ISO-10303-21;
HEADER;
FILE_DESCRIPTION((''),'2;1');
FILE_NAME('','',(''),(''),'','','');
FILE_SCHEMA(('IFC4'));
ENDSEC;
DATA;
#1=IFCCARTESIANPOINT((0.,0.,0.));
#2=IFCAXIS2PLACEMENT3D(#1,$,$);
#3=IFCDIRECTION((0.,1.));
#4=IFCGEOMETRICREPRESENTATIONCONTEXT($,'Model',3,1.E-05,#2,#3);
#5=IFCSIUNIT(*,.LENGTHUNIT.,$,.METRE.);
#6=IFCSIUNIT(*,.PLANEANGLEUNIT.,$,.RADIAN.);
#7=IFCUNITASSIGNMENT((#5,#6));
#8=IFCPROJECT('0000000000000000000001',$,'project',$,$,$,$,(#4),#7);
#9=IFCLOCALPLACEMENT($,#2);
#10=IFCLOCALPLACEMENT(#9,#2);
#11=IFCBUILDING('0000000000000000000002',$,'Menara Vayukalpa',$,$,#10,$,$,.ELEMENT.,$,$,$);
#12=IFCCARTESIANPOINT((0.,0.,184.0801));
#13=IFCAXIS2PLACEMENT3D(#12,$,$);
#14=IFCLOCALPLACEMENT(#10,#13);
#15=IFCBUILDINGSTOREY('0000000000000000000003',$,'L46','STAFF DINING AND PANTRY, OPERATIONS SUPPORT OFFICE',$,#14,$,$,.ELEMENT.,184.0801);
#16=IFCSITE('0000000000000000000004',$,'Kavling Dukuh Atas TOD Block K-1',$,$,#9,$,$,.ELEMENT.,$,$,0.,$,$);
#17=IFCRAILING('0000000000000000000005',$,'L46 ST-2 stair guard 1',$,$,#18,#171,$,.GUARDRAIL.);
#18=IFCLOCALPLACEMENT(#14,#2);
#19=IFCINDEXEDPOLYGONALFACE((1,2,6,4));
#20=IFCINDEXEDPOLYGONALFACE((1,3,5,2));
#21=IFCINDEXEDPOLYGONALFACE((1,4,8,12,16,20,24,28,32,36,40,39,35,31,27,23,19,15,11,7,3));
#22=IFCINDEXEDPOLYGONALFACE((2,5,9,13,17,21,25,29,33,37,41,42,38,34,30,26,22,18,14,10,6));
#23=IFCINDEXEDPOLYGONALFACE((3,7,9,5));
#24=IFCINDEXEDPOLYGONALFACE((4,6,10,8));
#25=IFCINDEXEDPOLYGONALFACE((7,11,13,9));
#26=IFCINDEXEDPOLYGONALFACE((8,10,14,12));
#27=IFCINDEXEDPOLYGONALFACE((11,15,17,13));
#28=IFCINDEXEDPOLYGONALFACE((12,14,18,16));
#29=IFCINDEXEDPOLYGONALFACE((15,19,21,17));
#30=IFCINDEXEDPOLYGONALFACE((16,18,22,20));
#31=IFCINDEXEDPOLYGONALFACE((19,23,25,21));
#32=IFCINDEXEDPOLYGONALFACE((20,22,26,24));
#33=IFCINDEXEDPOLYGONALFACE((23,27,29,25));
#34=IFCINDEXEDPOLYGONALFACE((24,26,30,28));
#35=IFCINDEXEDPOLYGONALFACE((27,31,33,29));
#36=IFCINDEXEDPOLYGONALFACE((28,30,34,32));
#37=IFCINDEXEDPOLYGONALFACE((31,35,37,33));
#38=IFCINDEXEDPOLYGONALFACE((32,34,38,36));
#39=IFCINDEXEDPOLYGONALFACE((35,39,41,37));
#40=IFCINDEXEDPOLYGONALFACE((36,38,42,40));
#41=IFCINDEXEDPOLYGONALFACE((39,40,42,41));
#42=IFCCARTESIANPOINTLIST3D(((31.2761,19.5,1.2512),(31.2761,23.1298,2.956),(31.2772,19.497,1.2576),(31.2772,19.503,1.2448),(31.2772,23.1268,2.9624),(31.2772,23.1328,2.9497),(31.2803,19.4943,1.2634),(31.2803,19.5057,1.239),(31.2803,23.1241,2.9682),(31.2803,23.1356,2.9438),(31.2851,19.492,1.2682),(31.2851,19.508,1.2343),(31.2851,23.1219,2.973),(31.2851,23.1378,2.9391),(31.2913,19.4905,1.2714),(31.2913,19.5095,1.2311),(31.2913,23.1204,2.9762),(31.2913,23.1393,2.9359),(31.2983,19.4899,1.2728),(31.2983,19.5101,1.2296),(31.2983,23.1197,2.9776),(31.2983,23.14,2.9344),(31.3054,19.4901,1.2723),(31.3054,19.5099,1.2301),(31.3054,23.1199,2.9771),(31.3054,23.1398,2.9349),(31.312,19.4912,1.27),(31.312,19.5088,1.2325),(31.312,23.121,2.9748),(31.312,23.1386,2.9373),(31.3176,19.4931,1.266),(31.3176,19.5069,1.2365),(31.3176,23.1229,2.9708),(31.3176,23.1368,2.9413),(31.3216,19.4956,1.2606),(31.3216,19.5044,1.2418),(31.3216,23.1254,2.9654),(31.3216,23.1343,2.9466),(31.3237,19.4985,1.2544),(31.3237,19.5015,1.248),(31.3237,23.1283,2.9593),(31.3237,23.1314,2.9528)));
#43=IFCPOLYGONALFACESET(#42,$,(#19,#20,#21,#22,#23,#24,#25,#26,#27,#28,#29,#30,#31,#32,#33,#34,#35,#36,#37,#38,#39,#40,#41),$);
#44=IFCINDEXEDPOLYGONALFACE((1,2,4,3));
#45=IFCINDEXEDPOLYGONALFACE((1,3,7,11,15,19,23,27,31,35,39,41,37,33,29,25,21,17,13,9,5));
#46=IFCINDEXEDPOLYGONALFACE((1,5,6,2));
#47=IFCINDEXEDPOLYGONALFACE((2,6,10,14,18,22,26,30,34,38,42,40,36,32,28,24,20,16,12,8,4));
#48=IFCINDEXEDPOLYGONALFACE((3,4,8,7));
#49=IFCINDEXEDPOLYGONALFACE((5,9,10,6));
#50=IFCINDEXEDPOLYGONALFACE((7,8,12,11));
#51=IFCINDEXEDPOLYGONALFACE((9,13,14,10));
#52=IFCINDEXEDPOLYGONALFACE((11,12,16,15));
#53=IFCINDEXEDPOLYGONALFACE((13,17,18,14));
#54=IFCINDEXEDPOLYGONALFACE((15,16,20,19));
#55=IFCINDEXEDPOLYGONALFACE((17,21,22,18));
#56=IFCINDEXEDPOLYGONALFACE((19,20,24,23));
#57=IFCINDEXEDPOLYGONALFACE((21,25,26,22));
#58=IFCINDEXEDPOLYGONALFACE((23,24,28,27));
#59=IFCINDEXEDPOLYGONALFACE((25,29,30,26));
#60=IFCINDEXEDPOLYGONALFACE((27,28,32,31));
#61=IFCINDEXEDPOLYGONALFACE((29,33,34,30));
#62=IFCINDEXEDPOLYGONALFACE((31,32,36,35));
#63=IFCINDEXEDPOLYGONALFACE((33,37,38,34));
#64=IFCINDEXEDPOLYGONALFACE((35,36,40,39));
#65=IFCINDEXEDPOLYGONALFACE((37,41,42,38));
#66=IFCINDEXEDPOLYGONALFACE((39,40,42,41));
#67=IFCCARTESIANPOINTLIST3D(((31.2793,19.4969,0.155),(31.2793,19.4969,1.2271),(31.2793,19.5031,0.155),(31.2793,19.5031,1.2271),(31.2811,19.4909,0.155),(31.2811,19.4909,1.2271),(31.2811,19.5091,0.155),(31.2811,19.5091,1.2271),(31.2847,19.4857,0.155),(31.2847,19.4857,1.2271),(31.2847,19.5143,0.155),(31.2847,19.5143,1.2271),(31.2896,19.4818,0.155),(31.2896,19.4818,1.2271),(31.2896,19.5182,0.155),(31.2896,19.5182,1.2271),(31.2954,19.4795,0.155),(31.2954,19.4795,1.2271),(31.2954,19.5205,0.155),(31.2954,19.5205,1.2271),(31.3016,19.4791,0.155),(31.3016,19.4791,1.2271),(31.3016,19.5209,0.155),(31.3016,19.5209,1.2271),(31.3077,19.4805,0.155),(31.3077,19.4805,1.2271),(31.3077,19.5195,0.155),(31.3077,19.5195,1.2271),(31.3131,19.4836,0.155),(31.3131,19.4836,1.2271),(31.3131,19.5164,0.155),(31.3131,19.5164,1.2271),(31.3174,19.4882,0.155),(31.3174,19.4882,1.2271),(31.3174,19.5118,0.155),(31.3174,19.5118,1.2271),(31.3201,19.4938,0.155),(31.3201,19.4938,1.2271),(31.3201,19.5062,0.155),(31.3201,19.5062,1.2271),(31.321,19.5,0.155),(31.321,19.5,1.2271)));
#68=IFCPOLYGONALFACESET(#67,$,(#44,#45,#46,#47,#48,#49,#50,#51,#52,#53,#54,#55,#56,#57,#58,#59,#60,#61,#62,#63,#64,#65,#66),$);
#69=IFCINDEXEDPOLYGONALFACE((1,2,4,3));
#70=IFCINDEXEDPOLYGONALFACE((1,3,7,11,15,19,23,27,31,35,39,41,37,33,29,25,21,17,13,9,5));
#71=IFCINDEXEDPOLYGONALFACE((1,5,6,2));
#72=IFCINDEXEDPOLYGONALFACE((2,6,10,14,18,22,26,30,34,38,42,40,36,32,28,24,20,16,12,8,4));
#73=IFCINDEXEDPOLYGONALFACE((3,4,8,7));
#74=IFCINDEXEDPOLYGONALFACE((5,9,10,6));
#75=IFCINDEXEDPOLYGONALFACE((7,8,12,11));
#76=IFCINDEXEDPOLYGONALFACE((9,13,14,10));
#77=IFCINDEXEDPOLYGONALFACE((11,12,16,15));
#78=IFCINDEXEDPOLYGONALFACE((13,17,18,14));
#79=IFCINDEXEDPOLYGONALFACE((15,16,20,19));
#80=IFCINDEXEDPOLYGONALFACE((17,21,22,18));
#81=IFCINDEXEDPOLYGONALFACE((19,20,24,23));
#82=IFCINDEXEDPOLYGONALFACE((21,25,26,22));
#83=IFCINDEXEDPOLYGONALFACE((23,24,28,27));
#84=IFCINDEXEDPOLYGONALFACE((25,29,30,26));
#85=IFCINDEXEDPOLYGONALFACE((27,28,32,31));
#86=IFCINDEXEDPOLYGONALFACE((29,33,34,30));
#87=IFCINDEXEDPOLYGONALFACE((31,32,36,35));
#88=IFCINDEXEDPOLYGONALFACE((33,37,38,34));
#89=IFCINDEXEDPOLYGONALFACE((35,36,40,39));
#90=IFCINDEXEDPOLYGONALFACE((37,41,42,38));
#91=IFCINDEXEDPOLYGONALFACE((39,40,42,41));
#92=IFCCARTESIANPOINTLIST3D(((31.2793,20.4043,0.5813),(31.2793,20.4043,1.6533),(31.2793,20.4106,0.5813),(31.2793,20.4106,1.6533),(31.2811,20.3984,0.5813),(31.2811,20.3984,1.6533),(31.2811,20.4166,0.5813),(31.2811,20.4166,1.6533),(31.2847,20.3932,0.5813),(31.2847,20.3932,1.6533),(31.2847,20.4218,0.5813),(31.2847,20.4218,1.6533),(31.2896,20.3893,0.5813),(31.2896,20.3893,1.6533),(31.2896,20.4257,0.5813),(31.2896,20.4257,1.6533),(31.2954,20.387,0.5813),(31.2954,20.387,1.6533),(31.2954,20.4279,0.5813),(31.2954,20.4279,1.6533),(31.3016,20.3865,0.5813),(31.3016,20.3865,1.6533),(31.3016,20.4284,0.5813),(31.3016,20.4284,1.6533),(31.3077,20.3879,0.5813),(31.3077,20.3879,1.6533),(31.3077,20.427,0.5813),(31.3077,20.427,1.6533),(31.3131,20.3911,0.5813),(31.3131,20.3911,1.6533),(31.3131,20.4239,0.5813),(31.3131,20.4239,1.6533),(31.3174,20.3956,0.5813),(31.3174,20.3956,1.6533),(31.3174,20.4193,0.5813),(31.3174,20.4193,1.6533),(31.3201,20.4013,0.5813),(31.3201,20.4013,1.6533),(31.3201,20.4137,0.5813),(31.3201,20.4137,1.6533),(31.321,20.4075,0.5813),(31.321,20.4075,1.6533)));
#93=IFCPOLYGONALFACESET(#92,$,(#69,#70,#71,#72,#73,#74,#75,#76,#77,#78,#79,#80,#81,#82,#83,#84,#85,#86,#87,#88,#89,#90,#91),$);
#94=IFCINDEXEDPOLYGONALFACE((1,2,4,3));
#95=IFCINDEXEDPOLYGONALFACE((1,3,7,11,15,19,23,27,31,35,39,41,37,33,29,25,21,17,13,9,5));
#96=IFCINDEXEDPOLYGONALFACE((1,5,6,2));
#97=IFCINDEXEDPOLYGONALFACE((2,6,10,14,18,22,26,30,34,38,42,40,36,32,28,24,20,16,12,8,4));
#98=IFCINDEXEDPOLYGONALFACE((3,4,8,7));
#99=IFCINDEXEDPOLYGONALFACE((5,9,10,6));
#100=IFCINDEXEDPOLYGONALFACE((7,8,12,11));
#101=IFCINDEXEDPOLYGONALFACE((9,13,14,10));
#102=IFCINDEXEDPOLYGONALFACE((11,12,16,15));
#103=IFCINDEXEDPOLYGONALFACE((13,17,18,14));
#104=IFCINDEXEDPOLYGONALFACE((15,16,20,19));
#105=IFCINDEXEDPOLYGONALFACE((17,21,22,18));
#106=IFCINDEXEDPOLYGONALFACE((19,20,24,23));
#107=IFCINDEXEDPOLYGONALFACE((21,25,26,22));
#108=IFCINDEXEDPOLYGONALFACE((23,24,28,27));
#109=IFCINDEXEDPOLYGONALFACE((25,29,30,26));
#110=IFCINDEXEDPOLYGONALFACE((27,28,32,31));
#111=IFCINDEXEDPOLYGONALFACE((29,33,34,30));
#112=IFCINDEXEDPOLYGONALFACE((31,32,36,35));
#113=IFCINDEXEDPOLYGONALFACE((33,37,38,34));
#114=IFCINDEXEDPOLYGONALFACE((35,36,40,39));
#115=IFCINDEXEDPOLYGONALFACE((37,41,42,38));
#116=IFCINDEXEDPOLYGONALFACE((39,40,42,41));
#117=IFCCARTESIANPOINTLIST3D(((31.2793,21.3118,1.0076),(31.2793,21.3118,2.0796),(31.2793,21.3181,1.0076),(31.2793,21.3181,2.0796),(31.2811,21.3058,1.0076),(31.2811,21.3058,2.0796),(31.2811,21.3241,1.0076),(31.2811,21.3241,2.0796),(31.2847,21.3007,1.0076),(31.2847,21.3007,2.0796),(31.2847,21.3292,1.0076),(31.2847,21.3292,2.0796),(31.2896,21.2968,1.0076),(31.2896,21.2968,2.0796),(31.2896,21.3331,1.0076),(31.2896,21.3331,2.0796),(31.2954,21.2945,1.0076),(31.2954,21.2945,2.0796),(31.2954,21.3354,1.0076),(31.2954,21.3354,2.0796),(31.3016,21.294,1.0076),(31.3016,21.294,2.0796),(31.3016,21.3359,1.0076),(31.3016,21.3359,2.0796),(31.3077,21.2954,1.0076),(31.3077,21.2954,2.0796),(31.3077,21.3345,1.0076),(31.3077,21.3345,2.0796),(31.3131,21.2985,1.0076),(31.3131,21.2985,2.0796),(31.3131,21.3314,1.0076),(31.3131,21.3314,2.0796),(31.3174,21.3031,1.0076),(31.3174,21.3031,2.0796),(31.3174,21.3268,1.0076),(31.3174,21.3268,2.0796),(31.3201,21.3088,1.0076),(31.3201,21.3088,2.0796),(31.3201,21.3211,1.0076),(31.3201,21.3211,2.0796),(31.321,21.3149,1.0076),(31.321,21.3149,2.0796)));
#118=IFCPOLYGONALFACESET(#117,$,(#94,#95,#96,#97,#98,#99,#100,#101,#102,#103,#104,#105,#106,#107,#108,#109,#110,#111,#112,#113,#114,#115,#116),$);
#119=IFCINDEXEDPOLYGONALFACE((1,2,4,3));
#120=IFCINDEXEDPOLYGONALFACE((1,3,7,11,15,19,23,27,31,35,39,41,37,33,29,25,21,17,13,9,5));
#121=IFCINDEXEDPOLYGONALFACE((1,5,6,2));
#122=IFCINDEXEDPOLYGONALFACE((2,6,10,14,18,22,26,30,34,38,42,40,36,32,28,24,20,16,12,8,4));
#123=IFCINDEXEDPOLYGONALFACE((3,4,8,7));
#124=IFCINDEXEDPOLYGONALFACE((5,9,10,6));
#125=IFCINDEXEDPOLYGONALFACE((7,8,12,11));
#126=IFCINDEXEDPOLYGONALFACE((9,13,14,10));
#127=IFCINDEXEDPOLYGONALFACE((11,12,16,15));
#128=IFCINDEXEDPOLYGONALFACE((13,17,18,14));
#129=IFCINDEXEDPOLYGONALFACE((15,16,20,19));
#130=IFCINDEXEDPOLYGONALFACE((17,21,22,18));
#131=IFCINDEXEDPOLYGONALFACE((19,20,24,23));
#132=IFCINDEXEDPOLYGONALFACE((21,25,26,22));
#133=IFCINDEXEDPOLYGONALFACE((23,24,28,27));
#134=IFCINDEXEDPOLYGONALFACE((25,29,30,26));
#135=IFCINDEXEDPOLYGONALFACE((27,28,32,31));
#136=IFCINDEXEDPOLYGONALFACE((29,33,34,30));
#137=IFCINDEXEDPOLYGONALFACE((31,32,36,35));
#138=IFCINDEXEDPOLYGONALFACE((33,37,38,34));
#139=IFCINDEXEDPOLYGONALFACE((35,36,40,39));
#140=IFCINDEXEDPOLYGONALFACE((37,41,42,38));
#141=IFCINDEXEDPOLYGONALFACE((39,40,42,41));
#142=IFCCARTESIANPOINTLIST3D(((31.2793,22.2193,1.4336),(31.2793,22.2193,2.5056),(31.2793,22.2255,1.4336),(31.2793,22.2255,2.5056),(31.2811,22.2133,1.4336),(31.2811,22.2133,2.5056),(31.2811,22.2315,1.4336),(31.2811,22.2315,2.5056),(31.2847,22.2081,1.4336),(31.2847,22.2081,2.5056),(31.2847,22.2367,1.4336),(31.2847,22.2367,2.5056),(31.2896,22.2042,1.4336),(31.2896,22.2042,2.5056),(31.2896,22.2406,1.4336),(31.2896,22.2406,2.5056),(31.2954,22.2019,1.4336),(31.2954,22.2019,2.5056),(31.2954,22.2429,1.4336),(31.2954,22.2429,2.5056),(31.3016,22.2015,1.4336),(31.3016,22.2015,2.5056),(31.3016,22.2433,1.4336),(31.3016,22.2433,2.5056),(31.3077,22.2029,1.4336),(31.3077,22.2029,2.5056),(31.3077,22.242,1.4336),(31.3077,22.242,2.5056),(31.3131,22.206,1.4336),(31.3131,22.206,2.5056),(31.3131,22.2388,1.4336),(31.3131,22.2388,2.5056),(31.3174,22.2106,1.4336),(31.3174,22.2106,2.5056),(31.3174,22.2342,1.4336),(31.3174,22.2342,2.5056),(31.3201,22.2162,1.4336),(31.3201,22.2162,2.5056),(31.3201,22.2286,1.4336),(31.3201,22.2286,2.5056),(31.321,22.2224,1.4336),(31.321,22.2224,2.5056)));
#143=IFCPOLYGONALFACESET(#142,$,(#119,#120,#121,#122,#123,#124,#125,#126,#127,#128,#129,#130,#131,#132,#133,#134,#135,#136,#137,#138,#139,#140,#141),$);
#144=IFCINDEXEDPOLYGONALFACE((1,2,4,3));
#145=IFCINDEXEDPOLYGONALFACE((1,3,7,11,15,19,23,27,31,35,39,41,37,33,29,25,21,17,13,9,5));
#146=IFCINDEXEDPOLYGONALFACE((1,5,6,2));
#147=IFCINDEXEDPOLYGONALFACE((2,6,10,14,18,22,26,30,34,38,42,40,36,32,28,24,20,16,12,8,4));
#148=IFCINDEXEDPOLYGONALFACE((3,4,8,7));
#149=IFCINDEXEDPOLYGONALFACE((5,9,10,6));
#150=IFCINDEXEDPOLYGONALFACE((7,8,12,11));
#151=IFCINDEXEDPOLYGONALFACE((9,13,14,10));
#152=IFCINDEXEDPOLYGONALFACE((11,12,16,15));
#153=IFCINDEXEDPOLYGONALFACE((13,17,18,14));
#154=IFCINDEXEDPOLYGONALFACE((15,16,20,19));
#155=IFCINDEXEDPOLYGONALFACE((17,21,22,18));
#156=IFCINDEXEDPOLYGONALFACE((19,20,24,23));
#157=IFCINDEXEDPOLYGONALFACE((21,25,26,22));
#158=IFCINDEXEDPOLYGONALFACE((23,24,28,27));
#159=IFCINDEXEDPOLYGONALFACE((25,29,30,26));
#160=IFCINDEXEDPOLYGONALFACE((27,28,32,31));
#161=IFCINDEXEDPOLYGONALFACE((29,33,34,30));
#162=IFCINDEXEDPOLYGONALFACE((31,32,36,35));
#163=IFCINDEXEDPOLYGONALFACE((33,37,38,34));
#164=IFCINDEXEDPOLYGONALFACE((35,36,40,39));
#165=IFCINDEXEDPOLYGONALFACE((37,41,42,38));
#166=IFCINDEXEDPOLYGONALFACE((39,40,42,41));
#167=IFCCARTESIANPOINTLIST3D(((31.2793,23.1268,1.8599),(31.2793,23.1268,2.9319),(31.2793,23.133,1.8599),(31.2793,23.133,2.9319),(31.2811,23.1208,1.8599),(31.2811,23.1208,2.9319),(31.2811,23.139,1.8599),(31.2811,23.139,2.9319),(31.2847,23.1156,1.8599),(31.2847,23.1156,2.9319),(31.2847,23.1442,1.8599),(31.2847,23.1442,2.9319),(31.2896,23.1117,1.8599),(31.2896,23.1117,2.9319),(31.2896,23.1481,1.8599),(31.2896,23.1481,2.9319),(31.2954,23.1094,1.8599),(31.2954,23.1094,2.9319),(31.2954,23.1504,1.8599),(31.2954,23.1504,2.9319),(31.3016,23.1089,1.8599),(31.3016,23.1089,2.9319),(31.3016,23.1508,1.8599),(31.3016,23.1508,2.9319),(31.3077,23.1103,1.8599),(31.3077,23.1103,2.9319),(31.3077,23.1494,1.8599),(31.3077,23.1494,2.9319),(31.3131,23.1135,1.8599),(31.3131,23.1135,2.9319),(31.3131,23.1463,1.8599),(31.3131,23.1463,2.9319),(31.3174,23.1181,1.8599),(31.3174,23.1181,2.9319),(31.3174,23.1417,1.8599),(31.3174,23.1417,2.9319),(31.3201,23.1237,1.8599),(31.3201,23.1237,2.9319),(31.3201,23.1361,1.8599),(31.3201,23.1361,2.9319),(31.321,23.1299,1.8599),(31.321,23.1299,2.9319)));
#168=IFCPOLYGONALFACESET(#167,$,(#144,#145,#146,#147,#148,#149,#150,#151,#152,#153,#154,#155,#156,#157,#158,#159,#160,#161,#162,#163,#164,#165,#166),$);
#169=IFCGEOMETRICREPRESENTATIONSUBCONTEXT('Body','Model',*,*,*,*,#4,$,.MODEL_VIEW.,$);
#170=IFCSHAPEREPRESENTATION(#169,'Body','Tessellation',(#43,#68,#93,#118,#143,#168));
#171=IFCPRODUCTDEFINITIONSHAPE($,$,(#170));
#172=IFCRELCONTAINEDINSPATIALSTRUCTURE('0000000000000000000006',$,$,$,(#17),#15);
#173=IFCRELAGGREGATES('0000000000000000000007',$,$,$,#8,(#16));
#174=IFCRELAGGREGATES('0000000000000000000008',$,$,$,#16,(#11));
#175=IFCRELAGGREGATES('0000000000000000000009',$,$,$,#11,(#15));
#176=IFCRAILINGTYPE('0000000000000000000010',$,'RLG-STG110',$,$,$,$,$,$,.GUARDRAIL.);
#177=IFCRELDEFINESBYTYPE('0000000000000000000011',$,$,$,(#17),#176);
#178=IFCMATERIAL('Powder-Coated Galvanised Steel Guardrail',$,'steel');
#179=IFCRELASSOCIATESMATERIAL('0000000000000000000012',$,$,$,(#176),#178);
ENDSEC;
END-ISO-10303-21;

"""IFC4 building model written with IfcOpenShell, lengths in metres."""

from ifc_helpers import new_model, si_unit, direction, frame, origin, origin_2d, place, context, subcontext, project, spatial, circle, extrude, material, type_object, element, save


model = new_model("IFC4")

# Units and contexts
model_context = context("Model", 3, precision=1e-05, world=origin(), true_north=direction((0.0, 1.0)))
body_context = subcontext(model_context, "Body", "Model", "MODEL_VIEW")
ifc_project = project(units=[si_unit("LENGTHUNIT", "METRE"), si_unit("PLANEANGLEUNIT", "RADIAN")], contexts=[model_context])

# Site, building, storey
site_placement = place(None, origin())
site = spatial("IfcSite", under=ifc_project, at=site_placement, Name="Kavling Dukuh Atas TOD Block K-1", CompositionType="ELEMENT", RefElevation=0.0)
building_placement = place(site_placement, origin())
building = spatial("IfcBuilding", under=site, at=building_placement, Name="Menara Vayukalpa", CompositionType="ELEMENT")
storey_placement = place(building_placement, frame((0.0, 0.0, 184.0801)))
storey = spatial("IfcBuildingStorey", under=building, at=storey_placement, Name="L46", Description="STAFF DINING AND PANTRY, OPERATIONS SUPPORT OFFICE", CompositionType="ELEMENT", Elevation=184.0801)

# Railing
ifc_material_1 = material(Name="Powder-Coated Galvanised Steel Guardrail", Category="steel")
railing_type_1 = type_object("IfcRailingType", Name="RLG-STG110", PredefinedType="GUARDRAIL", material=ifc_material_1)
railing_1_placement = place(storey_placement, frame((31.3, 19.5, 0.155)))
element("IfcRailing", 1, at=railing_1_placement, inside=storey, type_object=railing_type_1, Name="L46 ST-2 stair guard 1", PredefinedType="GUARDRAIL", context=body_context, shape_type="SweptSolid", body=[
    extrude(circle(Radius=0.0239, at=origin_2d()), frame((0.0, 0.0, 1.0962), z_axis=(0.0, 0.90514, 0.425114), x_axis=(-1.0, 0.0, 0.0)), (0.0, 0.0, 1.0), 4.0103),
    extrude(circle(Radius=0.021, at=origin_2d()), origin(), (0.0, 0.0, 1.0), 1.072),
    extrude(circle(Radius=0.021, at=origin_2d()), frame((0.0, 0.9075, 0.4263)), (0.0, 0.0, 1.0), 1.072),
    extrude(circle(Radius=0.021, at=origin_2d()), frame((0.0, 1.8149, 0.8525)), (0.0, 0.0, 1.0), 1.072),
    extrude(circle(Radius=0.021, at=origin_2d()), frame((0.0, 2.7224, 1.2786)), (0.0, 0.0, 1.0), 1.072),
    extrude(circle(Radius=0.021, at=origin_2d()), frame((0.0, 3.6299, 1.7048)), (0.0, 0.0, 1.0), 1.072),
])

save(model, "model.ifc")
